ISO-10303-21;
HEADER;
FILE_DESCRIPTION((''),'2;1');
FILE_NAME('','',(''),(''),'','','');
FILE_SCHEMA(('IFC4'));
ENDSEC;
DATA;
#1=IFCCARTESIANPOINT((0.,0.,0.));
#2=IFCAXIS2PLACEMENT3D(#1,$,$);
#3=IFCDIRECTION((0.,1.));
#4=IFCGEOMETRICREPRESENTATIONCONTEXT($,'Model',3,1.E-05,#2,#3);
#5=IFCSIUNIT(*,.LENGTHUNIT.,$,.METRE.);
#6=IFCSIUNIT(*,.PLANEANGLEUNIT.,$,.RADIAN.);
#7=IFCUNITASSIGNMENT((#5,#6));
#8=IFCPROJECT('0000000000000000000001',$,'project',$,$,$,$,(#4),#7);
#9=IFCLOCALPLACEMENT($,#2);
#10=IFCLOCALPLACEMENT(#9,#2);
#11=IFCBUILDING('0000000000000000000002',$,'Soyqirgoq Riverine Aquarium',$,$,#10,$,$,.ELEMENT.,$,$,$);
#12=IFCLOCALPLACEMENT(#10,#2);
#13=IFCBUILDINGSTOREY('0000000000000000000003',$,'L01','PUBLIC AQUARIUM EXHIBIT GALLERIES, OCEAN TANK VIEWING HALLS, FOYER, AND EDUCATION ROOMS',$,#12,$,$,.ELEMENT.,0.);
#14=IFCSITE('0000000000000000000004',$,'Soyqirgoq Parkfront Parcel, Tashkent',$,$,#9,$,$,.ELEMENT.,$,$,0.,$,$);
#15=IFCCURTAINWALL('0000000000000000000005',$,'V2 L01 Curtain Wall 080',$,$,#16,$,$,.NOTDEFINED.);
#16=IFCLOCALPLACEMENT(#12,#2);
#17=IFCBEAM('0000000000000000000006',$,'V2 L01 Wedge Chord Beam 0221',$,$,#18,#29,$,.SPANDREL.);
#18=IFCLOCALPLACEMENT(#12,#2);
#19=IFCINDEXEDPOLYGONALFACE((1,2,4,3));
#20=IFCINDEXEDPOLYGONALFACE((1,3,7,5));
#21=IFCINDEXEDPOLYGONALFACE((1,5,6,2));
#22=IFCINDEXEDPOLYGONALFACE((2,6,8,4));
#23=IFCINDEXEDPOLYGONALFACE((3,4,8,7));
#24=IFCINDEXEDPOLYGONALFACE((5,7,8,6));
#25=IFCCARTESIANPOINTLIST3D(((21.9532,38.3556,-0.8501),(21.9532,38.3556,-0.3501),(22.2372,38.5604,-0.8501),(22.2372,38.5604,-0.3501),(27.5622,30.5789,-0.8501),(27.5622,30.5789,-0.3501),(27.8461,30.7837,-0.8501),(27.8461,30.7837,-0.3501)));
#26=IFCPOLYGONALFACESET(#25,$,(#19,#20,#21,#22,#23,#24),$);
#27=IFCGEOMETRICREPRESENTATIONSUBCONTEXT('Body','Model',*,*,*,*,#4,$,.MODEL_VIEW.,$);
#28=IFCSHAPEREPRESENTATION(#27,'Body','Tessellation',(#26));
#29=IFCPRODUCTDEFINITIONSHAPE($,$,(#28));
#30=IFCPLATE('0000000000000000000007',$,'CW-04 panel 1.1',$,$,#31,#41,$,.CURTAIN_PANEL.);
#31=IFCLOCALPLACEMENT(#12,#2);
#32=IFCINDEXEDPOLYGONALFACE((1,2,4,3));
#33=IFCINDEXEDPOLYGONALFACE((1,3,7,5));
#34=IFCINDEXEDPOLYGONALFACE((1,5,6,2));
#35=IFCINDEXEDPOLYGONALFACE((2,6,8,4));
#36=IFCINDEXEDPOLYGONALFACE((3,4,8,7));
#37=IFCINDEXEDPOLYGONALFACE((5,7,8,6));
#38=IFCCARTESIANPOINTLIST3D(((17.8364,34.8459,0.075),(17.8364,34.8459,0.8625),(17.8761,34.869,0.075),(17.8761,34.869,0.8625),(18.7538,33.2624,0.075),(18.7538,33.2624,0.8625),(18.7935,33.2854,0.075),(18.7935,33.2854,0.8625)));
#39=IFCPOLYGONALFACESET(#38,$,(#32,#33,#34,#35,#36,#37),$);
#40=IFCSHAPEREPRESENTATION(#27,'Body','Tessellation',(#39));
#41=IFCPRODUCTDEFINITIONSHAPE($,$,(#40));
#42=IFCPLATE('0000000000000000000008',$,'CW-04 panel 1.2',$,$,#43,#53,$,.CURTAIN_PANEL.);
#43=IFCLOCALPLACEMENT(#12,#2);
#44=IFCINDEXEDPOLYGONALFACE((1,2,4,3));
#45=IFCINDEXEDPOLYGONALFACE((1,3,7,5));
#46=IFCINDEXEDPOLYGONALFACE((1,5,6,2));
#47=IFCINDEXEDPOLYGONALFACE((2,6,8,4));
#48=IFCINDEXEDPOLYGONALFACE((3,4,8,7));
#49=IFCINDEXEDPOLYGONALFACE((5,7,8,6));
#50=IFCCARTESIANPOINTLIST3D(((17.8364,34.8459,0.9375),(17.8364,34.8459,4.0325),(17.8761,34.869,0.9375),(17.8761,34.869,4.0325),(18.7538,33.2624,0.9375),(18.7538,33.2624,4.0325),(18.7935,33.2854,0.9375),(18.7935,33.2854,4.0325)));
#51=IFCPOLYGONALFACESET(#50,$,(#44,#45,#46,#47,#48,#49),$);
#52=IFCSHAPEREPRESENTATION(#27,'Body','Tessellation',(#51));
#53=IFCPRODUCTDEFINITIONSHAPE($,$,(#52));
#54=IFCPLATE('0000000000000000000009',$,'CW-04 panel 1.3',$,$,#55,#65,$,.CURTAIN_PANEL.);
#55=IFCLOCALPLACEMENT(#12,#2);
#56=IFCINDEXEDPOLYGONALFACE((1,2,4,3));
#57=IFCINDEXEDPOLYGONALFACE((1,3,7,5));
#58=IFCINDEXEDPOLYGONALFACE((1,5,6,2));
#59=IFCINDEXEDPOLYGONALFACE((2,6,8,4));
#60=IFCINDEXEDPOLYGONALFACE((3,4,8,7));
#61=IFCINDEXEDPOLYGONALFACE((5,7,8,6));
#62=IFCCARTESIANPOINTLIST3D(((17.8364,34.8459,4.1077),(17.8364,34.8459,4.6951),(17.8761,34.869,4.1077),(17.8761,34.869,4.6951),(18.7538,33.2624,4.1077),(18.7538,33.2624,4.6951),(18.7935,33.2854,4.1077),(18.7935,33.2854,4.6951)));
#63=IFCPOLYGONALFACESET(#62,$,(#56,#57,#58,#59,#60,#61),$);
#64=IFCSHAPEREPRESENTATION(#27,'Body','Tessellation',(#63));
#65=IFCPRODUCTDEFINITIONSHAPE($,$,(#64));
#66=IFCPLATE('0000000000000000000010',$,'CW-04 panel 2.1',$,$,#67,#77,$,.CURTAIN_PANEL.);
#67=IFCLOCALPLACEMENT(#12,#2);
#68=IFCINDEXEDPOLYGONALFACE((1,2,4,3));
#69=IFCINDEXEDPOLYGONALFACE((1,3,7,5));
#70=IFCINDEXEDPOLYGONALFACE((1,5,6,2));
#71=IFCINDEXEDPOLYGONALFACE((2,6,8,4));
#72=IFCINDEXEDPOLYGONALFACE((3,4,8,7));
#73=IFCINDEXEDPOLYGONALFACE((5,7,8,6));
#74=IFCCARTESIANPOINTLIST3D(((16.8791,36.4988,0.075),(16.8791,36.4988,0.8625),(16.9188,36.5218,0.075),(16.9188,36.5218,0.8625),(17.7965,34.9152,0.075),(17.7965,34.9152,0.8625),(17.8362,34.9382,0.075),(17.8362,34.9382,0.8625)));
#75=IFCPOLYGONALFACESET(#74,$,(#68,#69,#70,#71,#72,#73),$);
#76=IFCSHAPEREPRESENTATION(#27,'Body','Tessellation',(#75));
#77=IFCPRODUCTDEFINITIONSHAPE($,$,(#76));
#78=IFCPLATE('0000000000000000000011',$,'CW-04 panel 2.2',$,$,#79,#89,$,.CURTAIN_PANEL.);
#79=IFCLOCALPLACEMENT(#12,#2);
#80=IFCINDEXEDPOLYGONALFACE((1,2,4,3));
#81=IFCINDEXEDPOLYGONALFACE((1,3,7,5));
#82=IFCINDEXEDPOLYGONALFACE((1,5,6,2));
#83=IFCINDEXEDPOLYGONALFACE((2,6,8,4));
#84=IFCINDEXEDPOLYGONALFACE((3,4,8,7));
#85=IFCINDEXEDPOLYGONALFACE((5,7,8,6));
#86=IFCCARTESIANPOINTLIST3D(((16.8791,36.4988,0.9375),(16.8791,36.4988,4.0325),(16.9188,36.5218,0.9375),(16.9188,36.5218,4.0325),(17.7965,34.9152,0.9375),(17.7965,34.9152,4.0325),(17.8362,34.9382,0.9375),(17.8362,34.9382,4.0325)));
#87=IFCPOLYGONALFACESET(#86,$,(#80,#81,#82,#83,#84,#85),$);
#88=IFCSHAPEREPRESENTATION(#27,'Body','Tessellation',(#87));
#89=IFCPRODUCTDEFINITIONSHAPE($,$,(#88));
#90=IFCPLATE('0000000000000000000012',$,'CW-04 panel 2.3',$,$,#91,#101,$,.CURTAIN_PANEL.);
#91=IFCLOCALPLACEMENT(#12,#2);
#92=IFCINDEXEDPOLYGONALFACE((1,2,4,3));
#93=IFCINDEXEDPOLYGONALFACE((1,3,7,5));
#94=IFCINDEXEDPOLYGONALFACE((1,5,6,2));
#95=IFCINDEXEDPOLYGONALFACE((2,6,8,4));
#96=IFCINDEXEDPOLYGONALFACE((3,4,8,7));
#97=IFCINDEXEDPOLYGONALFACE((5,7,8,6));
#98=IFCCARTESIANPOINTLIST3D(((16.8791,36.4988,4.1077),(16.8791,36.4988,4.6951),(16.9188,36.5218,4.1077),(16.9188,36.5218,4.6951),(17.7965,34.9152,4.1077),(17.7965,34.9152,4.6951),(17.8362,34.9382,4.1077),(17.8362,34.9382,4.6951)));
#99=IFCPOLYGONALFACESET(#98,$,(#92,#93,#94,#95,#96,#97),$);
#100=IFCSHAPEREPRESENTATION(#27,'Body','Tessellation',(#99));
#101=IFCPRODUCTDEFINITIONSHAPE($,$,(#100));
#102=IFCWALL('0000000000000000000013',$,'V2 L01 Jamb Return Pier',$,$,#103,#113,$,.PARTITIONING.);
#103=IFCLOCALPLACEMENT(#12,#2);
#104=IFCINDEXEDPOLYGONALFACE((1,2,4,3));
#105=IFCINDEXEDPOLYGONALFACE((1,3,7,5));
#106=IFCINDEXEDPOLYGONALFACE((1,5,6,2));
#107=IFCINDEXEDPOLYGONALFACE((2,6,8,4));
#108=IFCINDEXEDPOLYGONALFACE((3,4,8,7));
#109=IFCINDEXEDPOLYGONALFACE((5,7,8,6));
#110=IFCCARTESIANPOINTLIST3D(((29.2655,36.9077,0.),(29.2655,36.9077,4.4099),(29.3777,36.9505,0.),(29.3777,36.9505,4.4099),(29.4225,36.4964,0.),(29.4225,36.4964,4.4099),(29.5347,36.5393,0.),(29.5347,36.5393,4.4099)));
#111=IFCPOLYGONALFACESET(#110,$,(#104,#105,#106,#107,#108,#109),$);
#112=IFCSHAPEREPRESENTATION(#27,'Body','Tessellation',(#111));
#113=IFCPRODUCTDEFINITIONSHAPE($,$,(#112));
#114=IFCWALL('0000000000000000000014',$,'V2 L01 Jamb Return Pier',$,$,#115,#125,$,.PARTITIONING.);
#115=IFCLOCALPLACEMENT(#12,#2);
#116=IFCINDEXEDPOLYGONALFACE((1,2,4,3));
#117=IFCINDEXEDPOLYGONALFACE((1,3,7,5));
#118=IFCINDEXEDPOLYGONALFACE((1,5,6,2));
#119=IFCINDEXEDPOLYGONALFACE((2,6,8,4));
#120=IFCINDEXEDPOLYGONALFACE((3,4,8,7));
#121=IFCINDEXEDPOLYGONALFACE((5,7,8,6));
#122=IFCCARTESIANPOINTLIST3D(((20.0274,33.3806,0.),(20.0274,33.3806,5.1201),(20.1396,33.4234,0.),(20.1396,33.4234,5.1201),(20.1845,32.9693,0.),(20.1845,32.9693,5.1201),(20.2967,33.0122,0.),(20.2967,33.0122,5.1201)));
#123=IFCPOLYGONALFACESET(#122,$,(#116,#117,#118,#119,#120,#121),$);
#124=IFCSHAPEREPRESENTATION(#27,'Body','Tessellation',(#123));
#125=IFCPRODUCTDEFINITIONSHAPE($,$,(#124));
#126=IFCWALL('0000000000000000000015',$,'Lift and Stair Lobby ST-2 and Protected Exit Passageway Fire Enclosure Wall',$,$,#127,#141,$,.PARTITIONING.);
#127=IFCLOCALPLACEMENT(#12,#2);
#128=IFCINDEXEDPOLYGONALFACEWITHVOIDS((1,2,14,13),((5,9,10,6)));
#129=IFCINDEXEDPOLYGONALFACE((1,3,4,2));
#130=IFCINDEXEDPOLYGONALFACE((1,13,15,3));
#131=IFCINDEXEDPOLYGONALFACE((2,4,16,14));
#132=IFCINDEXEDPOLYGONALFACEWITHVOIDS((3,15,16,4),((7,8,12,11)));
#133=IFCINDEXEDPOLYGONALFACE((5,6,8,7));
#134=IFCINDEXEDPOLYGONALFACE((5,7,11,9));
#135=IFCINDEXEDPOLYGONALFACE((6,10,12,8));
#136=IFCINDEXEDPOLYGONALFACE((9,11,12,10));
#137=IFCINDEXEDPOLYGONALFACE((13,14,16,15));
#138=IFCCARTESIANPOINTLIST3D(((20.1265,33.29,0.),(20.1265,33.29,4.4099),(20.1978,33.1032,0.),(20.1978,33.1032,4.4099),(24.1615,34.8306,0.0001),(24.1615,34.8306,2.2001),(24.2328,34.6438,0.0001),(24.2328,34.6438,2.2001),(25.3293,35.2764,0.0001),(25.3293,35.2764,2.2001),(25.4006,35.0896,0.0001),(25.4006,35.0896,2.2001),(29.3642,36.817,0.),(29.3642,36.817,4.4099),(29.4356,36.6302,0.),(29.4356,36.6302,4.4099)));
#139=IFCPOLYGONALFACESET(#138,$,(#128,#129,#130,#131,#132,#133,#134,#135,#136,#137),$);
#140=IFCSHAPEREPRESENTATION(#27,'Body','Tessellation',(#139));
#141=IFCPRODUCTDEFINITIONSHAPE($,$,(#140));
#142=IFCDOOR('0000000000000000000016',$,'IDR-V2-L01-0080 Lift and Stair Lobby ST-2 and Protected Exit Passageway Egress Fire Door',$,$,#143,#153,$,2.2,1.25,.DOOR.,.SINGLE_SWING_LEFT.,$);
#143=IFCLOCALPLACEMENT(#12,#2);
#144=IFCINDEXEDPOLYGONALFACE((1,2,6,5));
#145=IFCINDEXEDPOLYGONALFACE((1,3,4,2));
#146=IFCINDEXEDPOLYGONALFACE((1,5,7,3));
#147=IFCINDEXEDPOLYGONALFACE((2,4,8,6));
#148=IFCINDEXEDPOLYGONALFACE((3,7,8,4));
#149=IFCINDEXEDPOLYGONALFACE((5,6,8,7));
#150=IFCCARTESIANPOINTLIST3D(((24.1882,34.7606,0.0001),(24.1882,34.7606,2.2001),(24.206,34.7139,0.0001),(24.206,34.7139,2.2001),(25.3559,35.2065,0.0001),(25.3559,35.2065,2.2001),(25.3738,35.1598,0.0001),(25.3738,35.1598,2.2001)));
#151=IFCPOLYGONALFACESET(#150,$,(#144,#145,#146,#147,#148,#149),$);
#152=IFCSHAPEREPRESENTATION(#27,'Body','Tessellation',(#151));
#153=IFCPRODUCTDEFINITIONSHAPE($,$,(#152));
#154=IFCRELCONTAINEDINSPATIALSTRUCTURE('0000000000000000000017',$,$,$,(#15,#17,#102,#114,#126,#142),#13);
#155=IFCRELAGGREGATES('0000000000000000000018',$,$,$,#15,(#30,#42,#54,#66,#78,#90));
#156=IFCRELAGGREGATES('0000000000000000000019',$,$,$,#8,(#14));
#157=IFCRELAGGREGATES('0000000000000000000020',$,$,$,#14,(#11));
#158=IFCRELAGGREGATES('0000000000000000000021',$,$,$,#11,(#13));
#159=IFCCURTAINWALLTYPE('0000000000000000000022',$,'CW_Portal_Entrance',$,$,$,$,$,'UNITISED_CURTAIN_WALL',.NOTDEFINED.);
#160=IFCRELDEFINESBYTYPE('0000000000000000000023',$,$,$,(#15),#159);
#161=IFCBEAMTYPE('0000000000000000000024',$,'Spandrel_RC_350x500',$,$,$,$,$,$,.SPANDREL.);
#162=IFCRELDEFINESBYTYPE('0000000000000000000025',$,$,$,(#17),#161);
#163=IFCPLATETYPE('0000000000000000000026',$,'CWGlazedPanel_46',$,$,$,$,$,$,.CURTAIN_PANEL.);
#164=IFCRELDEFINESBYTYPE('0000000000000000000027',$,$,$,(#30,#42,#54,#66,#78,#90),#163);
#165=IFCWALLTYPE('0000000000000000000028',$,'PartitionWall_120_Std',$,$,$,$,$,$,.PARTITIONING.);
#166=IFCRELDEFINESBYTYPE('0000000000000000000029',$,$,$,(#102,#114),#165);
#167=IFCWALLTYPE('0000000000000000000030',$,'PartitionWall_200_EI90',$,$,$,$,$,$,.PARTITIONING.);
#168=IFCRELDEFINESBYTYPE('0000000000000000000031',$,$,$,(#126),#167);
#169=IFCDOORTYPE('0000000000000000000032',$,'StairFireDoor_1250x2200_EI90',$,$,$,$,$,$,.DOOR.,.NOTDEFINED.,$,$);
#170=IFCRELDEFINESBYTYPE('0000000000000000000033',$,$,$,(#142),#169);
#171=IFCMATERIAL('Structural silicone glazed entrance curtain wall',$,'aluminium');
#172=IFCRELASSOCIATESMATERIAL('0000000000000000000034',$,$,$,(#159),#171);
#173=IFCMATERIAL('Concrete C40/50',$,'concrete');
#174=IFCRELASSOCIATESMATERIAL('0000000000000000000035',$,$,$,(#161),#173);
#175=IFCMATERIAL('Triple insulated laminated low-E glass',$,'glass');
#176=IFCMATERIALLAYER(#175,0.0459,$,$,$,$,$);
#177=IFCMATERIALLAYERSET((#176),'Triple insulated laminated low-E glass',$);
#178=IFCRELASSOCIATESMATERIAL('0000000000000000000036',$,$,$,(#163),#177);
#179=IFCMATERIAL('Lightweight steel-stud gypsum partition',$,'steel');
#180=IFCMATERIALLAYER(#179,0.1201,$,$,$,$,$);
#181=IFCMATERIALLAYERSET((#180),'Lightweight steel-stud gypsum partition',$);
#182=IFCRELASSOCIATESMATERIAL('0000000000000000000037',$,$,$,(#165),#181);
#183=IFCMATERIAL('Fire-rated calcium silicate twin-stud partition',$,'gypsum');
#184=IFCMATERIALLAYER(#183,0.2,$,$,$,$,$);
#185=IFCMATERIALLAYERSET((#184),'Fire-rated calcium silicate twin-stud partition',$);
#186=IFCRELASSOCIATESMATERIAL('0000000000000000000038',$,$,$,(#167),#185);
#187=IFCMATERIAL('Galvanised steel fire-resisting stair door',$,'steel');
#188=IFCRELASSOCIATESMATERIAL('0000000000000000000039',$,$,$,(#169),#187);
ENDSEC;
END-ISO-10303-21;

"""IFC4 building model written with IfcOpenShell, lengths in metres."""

from ifc_helpers import new_model, si_unit, direction, frame, frame_2d, origin, origin_2d, place, context, subcontext, project, spatial, rectangle, extrude, material, layer, layer_set, material_profile, profile_set, type_object, element, fill, aggregate, save


model = new_model("IFC4")

# Units and contexts
model_context = context("Model", 3, precision=1e-05, world=origin(), true_north=direction((0.0, 1.0)))
body_context = subcontext(model_context, "Body", "Model", "MODEL_VIEW")
ifc_project = project(units=[si_unit("LENGTHUNIT", "METRE"), si_unit("PLANEANGLEUNIT", "RADIAN")], contexts=[model_context])

# Site, building, storey
site_placement = place(None, origin())
site = spatial("IfcSite", under=ifc_project, at=site_placement, Name="Soyqirgoq Parkfront Parcel, Tashkent", CompositionType="ELEMENT", RefElevation=0.0)
building_placement = place(site_placement, origin())
building = spatial("IfcBuilding", under=site, at=building_placement, Name="Soyqirgoq Riverine Aquarium", CompositionType="ELEMENT")
storey_placement = place(building_placement, origin())
storey = spatial("IfcBuildingStorey", under=building, at=storey_placement, Name="L01", Description="PUBLIC AQUARIUM EXHIBIT GALLERIES, OCEAN TANK VIEWING HALLS, FOYER, AND EDUCATION ROOMS", CompositionType="ELEMENT", Elevation=0.0)

# Curtain wall
ifc_material_1 = material(Name="Structural silicone glazed entrance curtain wall", Category="aluminium")
curtain_wall_type = type_object("IfcCurtainWallType", Name="CW_Portal_Entrance", ElementType="UNITISED_CURTAIN_WALL", PredefinedType="NOTDEFINED", material=ifc_material_1)
curtain_wall_placement = place(storey_placement, origin())
curtain_wall = element("IfcCurtainWall", 1, at=curtain_wall_placement, inside=storey, type_object=curtain_wall_type, Name="V2 L01 Curtain Wall 080", PredefinedType="NOTDEFINED")

# Beam
ifc_material_2 = material(Name="Concrete C40/50", Category="concrete")
ifc_material_profile_1 = material_profile(ifc_material_2, rectangle(XDim=0.3501, YDim=0.5, at=origin_2d()), Name="RC 350x500")
ifc_profile_set_1 = profile_set([ifc_material_profile_1], Name="Concrete C40/50")
beam_type_1 = type_object("IfcBeamType", Name="Spandrel_RC_350x500", PredefinedType="SPANDREL", material=ifc_profile_set_1)
beam_1_placement = place(storey_placement, frame((22.0952, 38.458, -0.6001), z_axis=(0.584973, -0.811053, 0.0), x_axis=(0.811053, 0.584973, 0.0)))
element("IfcBeam", 2, at=beam_1_placement, inside=storey, type_object=beam_type_1, Name="V2 L01 Wedge Chord Beam 0221", PredefinedType="SPANDREL", context=body_context, shape_type="SweptSolid", body=[
    extrude(rectangle(XDim=0.3501, YDim=0.5, at=origin_2d()), origin(), (0.0, 0.0, 1.0), 9.5884),
])

# Plates
ifc_material_3 = material(Name="Triple insulated laminated low-E glass", Category="glass")
ifc_layer_1 = layer(ifc_material_3, 0.0459)
ifc_layer_set_1 = layer_set([ifc_layer_1], Name="Triple insulated laminated low-E glass")
plate_type = type_object("IfcPlateType", Name="CWGlazedPanel_46", PredefinedType="CURTAIN_PANEL", material=ifc_layer_set_1)
plate_1_placement = place(storey_placement, frame((18.3149, 34.0657, 0.075), z_axis=(0.0, 0.0, 1.0), x_axis=(-0.501264, 0.865295, 0.0)))
plate_1 = element("IfcPlate", 3, at=plate_1_placement, type_object=plate_type, Name="CW-04 panel 1.1", PredefinedType="CURTAIN_PANEL", context=body_context, shape_type="SweptSolid", body=[
    extrude(rectangle(XDim=1.8301, YDim=0.0459, at=origin_2d()), origin(), (0.0, 0.0, 1.0), 0.7876),
])
plate_2_placement = place(storey_placement, frame((18.3149, 34.0657, 0.9375), z_axis=(0.0, 0.0, 1.0), x_axis=(-0.501264, 0.865295, 0.0)))
plate_2 = element("IfcPlate", 4, at=plate_2_placement, type_object=plate_type, Name="CW-04 panel 1.2", PredefinedType="CURTAIN_PANEL", context=body_context, shape_type="SweptSolid", body=[
    extrude(rectangle(XDim=1.8301, YDim=0.0459, at=origin_2d()), origin(), (0.0, 0.0, 1.0), 3.095),
])
plate_3_placement = place(storey_placement, frame((18.3149, 34.0657, 4.1077), z_axis=(0.0, 0.0, 1.0), x_axis=(-0.501264, 0.865295, 0.0)))
plate_3 = element("IfcPlate", 5, at=plate_3_placement, type_object=plate_type, Name="CW-04 panel 1.3", PredefinedType="CURTAIN_PANEL", context=body_context, shape_type="SweptSolid", body=[
    extrude(rectangle(XDim=1.8301, YDim=0.0459, at=origin_2d()), origin(), (0.0, 0.0, 1.0), 0.5874),
])
plate_4_placement = place(storey_placement, frame((17.3577, 35.7185, 0.075), z_axis=(0.0, 0.0, 1.0), x_axis=(-0.501264, 0.865295, 0.0)))
plate_4 = element("IfcPlate", 6, at=plate_4_placement, type_object=plate_type, Name="CW-04 panel 2.1", PredefinedType="CURTAIN_PANEL", context=body_context, shape_type="SweptSolid", body=[
    extrude(rectangle(XDim=1.8301, YDim=0.0459, at=origin_2d()), origin(), (0.0, 0.0, 1.0), 0.7876),
])
plate_5_placement = place(storey_placement, frame((17.3577, 35.7185, 0.9375), z_axis=(0.0, 0.0, 1.0), x_axis=(-0.501264, 0.865295, 0.0)))
plate_5 = element("IfcPlate", 7, at=plate_5_placement, type_object=plate_type, Name="CW-04 panel 2.2", PredefinedType="CURTAIN_PANEL", context=body_context, shape_type="SweptSolid", body=[
    extrude(rectangle(XDim=1.8301, YDim=0.0459, at=origin_2d()), origin(), (0.0, 0.0, 1.0), 3.095),
])
plate_6_placement = place(storey_placement, frame((17.3577, 35.7185, 4.1077), z_axis=(0.0, 0.0, 1.0), x_axis=(-0.501264, 0.865295, 0.0)))
plate_6 = element("IfcPlate", 8, at=plate_6_placement, type_object=plate_type, Name="CW-04 panel 2.3", PredefinedType="CURTAIN_PANEL", context=body_context, shape_type="SweptSolid", body=[
    extrude(rectangle(XDim=1.8301, YDim=0.0459, at=origin_2d()), origin(), (0.0, 0.0, 1.0), 0.5874),
])
aggregate(curtain_wall, [plate_1, plate_2, plate_3, plate_4, plate_5, plate_6])

# Walls
ifc_material_4 = material(Name="Lightweight steel-stud gypsum partition", Category="steel")
ifc_layer_2 = layer(ifc_material_4, 0.1201)
ifc_layer_set_2 = layer_set([ifc_layer_2], Name="Lightweight steel-stud gypsum partition")
wall_type_1 = type_object("IfcWallType", Name="PartitionWall_120_Std", PredefinedType="PARTITIONING", material=ifc_layer_set_2)
wall_1_placement = place(storey_placement, frame((29.3215, 36.9292, 0.0), z_axis=(0.0, 0.0, 1.0), x_axis=(0.35671, -0.934215, 0.0)))
element("IfcWall", 9, at=wall_1_placement, inside=storey, type_object=wall_type_1, Name="V2 L01 Jamb Return Pier", PredefinedType="PARTITIONING", context=body_context, shape_type="SweptSolid", body=[
    extrude(rectangle(XDim=0.4402, YDim=0.1201, at=frame_2d((0.2202, 0.0))), origin(), (0.0, 0.0, 1.0), 4.4099),
])
wall_2_placement = place(storey_placement, frame((20.0835, 33.4021, 0.0), z_axis=(0.0, 0.0, 1.0), x_axis=(0.35671, -0.934215, 0.0)))
element("IfcWall", 10, at=wall_2_placement, inside=storey, type_object=wall_type_1, Name="V2 L01 Jamb Return Pier", PredefinedType="PARTITIONING", context=body_context, shape_type="SweptSolid", body=[
    extrude(rectangle(XDim=0.4402, YDim=0.1201, at=frame_2d((0.2202, 0.0))), origin(), (0.0, 0.0, 1.0), 5.1201),
])

# Wall, opening, door
ifc_material_5 = material(Name="Fire-rated calcium silicate twin-stud partition", Category="gypsum")
ifc_layer_3 = layer(ifc_material_5, 0.2)
ifc_layer_set_3 = layer_set([ifc_layer_3], Name="Fire-rated calcium silicate twin-stud partition")
wall_type_2 = type_object("IfcWallType", Name="PartitionWall_200_EI90", PredefinedType="PARTITIONING", material=ifc_layer_set_3)
wall_3_placement = place(storey_placement, frame((29.3999, 36.7236, 0.0), z_axis=(0.0, 0.0, 1.0), x_axis=(-0.93422, -0.356696, 0.0)))
wall_3 = element("IfcWall", 11, at=wall_3_placement, inside=storey, type_object=wall_type_2, Name="Lift and Stair Lobby ST-2 and Protected Exit Passageway Fire Enclosure Wall", PredefinedType="PARTITIONING", context=body_context, shape_type="SweptSolid", body=[
    extrude(rectangle(XDim=9.8882, YDim=0.2, at=frame_2d((4.9441, 0.0))), origin(), (0.0, 0.0, 1.0), 4.4099),
])
opening_1_placement = place(wall_3_placement, frame((4.3191, 0.0, 0.0)))
opening_1 = element("IfcOpeningElement", 12, at=opening_1_placement, cuts=wall_3, PredefinedType="OPENING", context=body_context, shape_type="SweptSolid", body=[
    extrude(rectangle(XDim=1.25, YDim=2.2, at=frame_2d((0.625, 1.1001))), frame((0.0, 0.1099, 0.0), z_axis=(0.0, -1.0, 0.0), x_axis=(1.0, 0.0, 0.0)), (0.0, 0.0, 1.0), 0.22),
])
ifc_material_6 = material(Name="Galvanised steel fire-resisting stair door", Category="steel")
door_type_1 = type_object("IfcDoorType", Name="StairFireDoor_1250x2200_EI90", OperationType="NOTDEFINED", PredefinedType="DOOR", material=ifc_material_6)
door_1_placement = place(opening_1_placement, origin())
door_1 = element("IfcDoor", 13, at=door_1_placement, inside=storey, type_object=door_type_1, Name="IDR-V2-L01-0080 Lift and Stair Lobby ST-2 and Protected Exit Passageway Egress Fire Door", OperationType="SINGLE_SWING_LEFT", OverallHeight=2.2, OverallWidth=1.25, PredefinedType="DOOR", context=body_context, shape_type="SweptSolid", body=[
    extrude(rectangle(XDim=1.25, YDim=2.2, at=frame_2d((0.625, 1.1001))), frame((0.0, 0.0249, 0.0), z_axis=(0.0, -1.0, 0.0), x_axis=(1.0, 0.0, 0.0)), (0.0, 0.0, 1.0), 0.05),
])
fill(opening_1, door_1)

save(model, "model.ifc")
